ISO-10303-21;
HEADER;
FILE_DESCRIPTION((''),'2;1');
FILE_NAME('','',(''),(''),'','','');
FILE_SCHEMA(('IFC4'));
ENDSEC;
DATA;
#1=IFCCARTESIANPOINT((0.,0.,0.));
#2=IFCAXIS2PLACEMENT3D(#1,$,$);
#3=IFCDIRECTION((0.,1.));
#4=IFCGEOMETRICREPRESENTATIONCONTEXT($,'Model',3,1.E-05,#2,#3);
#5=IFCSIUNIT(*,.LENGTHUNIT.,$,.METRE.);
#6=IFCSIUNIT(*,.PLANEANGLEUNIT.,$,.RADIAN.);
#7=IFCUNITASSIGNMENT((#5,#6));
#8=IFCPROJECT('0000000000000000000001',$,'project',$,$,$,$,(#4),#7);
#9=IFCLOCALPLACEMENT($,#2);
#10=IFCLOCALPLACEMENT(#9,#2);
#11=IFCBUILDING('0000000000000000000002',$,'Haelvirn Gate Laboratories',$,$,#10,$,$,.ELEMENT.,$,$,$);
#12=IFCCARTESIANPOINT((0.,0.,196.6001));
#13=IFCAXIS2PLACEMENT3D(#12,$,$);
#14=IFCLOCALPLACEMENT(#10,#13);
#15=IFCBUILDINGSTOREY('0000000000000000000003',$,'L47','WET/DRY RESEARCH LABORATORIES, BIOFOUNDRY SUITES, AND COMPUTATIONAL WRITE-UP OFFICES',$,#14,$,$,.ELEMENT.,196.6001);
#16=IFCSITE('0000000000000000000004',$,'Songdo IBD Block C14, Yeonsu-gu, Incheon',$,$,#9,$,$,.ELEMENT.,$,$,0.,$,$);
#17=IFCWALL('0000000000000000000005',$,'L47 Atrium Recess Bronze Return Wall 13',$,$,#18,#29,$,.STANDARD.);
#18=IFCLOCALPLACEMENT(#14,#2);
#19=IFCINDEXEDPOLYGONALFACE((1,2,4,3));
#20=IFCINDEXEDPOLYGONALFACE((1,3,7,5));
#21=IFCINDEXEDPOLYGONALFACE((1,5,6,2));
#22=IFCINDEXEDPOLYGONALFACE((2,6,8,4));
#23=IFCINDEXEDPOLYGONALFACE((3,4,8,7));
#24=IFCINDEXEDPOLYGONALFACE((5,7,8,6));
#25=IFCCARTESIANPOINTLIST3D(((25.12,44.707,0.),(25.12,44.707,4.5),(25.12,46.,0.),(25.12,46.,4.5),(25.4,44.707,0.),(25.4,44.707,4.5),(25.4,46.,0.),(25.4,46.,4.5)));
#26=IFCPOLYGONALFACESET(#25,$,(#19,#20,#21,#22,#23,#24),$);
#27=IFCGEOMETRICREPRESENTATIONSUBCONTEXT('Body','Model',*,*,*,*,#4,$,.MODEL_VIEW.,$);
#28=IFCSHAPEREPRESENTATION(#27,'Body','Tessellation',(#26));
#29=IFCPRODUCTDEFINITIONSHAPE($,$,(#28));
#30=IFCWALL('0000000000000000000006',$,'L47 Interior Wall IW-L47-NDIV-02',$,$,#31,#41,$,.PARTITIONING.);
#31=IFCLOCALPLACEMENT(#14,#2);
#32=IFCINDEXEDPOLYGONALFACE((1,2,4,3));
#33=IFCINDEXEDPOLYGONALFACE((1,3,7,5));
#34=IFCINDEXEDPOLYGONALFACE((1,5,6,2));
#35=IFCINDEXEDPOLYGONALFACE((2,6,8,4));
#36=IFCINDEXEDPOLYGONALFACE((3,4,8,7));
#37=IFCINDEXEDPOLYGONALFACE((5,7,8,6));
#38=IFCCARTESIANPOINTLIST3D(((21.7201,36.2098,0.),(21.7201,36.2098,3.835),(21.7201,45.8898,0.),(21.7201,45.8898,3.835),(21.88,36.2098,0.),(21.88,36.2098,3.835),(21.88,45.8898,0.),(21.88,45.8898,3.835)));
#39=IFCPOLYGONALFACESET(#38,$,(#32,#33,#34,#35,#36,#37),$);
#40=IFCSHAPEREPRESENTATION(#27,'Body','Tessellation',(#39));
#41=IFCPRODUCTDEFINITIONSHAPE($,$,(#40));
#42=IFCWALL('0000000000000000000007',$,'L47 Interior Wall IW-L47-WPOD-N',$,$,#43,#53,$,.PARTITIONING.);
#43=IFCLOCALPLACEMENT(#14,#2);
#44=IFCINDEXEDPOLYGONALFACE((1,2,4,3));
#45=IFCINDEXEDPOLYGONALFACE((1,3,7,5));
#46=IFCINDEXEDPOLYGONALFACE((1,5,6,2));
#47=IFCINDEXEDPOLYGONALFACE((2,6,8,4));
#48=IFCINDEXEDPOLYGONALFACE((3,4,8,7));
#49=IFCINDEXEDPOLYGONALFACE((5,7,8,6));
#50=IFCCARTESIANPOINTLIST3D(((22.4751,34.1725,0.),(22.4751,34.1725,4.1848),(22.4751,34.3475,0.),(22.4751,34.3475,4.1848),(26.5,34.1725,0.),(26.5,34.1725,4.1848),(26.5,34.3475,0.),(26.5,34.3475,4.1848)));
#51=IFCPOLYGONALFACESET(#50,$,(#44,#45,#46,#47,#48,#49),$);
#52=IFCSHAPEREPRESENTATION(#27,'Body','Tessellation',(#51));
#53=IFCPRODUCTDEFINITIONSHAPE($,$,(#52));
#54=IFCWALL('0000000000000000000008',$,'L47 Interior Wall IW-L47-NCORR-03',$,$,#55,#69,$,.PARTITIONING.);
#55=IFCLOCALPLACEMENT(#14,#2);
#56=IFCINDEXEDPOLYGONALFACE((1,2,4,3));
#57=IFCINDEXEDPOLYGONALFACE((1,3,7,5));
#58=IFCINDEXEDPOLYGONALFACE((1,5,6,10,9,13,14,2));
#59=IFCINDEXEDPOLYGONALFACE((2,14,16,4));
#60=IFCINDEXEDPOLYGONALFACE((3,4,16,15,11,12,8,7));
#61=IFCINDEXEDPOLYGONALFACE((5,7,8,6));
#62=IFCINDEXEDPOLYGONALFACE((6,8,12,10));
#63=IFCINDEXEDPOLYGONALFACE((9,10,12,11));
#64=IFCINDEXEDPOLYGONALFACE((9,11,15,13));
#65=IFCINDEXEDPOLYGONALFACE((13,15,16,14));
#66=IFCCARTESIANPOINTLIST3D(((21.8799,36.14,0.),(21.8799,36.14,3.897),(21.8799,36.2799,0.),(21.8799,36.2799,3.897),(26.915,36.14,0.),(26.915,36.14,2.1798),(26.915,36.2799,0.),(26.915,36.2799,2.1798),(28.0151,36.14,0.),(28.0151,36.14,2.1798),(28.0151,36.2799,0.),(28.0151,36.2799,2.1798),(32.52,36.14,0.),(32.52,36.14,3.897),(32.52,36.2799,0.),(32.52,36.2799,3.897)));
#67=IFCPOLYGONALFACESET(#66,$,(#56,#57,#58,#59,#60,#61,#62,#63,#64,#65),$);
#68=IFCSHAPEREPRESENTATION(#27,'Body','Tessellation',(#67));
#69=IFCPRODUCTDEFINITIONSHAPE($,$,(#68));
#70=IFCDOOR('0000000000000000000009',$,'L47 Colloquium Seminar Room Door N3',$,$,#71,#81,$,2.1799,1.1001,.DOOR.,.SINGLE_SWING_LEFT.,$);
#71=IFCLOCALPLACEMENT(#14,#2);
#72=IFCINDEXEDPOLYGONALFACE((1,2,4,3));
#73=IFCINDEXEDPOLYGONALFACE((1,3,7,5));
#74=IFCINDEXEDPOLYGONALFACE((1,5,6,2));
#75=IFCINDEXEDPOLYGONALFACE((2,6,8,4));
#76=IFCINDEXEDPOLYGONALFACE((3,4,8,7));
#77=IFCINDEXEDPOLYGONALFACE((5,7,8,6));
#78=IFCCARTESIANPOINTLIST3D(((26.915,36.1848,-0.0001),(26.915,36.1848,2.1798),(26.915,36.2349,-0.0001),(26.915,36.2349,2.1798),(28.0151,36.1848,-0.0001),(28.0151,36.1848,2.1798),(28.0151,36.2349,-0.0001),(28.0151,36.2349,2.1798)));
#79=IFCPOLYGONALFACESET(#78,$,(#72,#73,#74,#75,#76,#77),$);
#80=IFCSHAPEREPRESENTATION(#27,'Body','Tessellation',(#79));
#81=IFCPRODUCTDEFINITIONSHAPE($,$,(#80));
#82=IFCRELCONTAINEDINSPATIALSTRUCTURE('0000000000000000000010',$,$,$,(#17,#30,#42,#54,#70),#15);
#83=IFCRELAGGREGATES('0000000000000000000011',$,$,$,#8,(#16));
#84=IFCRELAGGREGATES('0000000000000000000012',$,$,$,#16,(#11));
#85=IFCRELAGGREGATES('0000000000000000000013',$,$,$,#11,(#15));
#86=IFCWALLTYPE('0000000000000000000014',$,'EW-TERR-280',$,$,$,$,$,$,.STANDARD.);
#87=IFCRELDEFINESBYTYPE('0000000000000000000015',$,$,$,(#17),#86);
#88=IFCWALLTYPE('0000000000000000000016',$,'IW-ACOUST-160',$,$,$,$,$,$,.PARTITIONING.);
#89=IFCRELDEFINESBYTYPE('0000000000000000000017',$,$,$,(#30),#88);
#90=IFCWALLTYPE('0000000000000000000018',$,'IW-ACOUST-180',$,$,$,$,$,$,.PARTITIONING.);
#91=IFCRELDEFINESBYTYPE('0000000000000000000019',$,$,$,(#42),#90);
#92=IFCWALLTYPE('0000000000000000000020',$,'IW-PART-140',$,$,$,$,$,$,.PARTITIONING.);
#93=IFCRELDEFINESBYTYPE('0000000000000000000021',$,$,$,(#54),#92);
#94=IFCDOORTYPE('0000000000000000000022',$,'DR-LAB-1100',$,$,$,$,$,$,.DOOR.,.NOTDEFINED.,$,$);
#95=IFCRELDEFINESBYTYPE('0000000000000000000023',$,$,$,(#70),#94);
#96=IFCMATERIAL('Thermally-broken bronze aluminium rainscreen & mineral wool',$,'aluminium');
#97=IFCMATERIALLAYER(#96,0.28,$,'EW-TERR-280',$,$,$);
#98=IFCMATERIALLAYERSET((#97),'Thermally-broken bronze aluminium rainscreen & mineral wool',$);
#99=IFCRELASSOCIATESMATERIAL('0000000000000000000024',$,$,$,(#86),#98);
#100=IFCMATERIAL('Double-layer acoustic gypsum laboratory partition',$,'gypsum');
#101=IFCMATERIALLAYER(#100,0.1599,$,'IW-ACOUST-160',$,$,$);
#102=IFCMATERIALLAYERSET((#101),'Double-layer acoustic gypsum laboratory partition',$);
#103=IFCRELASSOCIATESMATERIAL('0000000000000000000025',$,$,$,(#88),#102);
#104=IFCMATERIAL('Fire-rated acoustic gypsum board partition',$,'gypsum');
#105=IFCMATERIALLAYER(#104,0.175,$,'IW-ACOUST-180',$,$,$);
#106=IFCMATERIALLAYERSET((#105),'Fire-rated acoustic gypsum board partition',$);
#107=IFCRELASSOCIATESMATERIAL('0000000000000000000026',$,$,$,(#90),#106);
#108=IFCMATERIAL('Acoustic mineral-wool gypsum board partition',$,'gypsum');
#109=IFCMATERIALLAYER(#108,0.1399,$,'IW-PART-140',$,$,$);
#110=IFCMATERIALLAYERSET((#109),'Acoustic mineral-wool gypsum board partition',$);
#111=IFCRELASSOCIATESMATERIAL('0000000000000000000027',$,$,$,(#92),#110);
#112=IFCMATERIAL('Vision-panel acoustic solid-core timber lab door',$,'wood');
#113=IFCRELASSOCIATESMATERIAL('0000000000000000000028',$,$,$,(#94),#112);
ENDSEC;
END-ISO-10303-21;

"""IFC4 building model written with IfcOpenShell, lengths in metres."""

from ifc_helpers import new_model, si_unit, direction, frame, frame_2d, origin, place, context, subcontext, project, spatial, rectangle, extrude, source, transform, mapped, material, layer, layer_set, type_object, type_shapes, element, fill, save


model = new_model("IFC4")

# Units and contexts
model_context = context("Model", 3, precision=1e-05, world=origin(), true_north=direction((0.0, 1.0)))
body_context = subcontext(model_context, "Body", "Model", "MODEL_VIEW")
ifc_project = project(units=[si_unit("LENGTHUNIT", "METRE"), si_unit("PLANEANGLEUNIT", "RADIAN")], contexts=[model_context])

# Site, building, storey
site_placement = place(None, origin())
site = spatial("IfcSite", under=ifc_project, at=site_placement, Name="Songdo IBD Block C14, Yeonsu-gu, Incheon", CompositionType="ELEMENT", RefElevation=0.0)
building_placement = place(site_placement, origin())
building = spatial("IfcBuilding", under=site, at=building_placement, Name="Haelvirn Gate Laboratories", CompositionType="ELEMENT")
storey_placement = place(building_placement, frame((0.0, 0.0, 196.6001)))
storey = spatial("IfcBuildingStorey", under=building, at=storey_placement, Name="L47", Description="WET/DRY RESEARCH LABORATORIES, BIOFOUNDRY SUITES, AND COMPUTATIONAL WRITE-UP OFFICES", CompositionType="ELEMENT", Elevation=196.6001)

# Walls
ifc_material_1 = material(Name="Thermally-broken bronze aluminium rainscreen & mineral wool", Category="aluminium")
ifc_layer_1 = layer(ifc_material_1, 0.28, Name="EW-TERR-280")
ifc_layer_set_1 = layer_set([ifc_layer_1], Name="Thermally-broken bronze aluminium rainscreen & mineral wool")
wall_type_1 = type_object("IfcWallType", Name="EW-TERR-280", PredefinedType="STANDARD", material=ifc_layer_set_1)
wall_1_placement = place(storey_placement, frame((25.26, 44.707, 0.0), z_axis=(0.0, 0.0, 1.0), x_axis=(0.0, 1.0, 0.0)))
element("IfcWall", 1, at=wall_1_placement, inside=storey, type_object=wall_type_1, Name="L47 Atrium Recess Bronze Return Wall 13", PredefinedType="STANDARD", context=body_context, shape_type="SweptSolid", body=[
    extrude(rectangle(XDim=1.293, YDim=0.28, at=frame_2d((0.6465, 0.0))), origin(), (0.0, 0.0, 1.0), 4.5),
])
ifc_material_2 = material(Name="Double-layer acoustic gypsum laboratory partition", Category="gypsum")
ifc_layer_2 = layer(ifc_material_2, 0.1599, Name="IW-ACOUST-160")
ifc_layer_set_2 = layer_set([ifc_layer_2], Name="Double-layer acoustic gypsum laboratory partition")
wall_type_2 = type_object("IfcWallType", Name="IW-ACOUST-160", PredefinedType="PARTITIONING", material=ifc_layer_set_2)
wall_2_placement = place(storey_placement, frame((21.8, 36.21, 0.0), z_axis=(0.0, 0.0, 1.0), x_axis=(0.0, 1.0, 0.0)))
element("IfcWall", 2, at=wall_2_placement, inside=storey, type_object=wall_type_2, Name="L47 Interior Wall IW-L47-NDIV-02", PredefinedType="PARTITIONING", context=body_context, shape_type="SweptSolid", body=[
    extrude(rectangle(XDim=9.6799, YDim=0.1599, at=frame_2d((4.8398, 0.0))), origin(), (0.0, 0.0, 1.0), 3.835),
])
ifc_material_3 = material(Name="Fire-rated acoustic gypsum board partition", Category="gypsum")
ifc_layer_3 = layer(ifc_material_3, 0.175, Name="IW-ACOUST-180")
ifc_layer_set_3 = layer_set([ifc_layer_3], Name="Fire-rated acoustic gypsum board partition")
wall_type_3 = type_object("IfcWallType", Name="IW-ACOUST-180", PredefinedType="PARTITIONING", material=ifc_layer_set_3)
wall_3_placement = place(storey_placement, frame((22.4751, 34.26, 0.0), z_axis=(0.0, 0.0, 1.0), x_axis=(1.0, 0.0, 0.0)))
element("IfcWall", 3, at=wall_3_placement, inside=storey, type_object=wall_type_3, Name="L47 Interior Wall IW-L47-WPOD-N", PredefinedType="PARTITIONING", context=body_context, shape_type="SweptSolid", body=[
    extrude(rectangle(XDim=4.0249, YDim=0.175, at=frame_2d((2.0125, 0.0))), origin(), (0.0, 0.0, 1.0), 4.1848),
])

# Wall, opening, door
ifc_material_4 = material(Name="Acoustic mineral-wool gypsum board partition", Category="gypsum")
ifc_layer_4 = layer(ifc_material_4, 0.1399, Name="IW-PART-140")
ifc_layer_set_4 = layer_set([ifc_layer_4], Name="Acoustic mineral-wool gypsum board partition")
wall_type_4 = type_object("IfcWallType", Name="IW-PART-140", PredefinedType="PARTITIONING", material=ifc_layer_set_4)
wall_4_placement = place(storey_placement, frame((21.8799, 36.21, 0.0), z_axis=(0.0, 0.0, 1.0), x_axis=(1.0, 0.0, 0.0)))
wall_4 = element("IfcWall", 4, at=wall_4_placement, inside=storey, type_object=wall_type_4, Name="L47 Interior Wall IW-L47-NCORR-03", PredefinedType="PARTITIONING", context=body_context, shape_type="SweptSolid", body=[
    extrude(rectangle(XDim=10.6401, YDim=0.1399, at=frame_2d((5.3201, 0.0))), origin(), (0.0, 0.0, 1.0), 3.897),
])
opening_placement = place(wall_4_placement, frame((5.0352, 0.0, 0.0)))
opening = element("IfcOpeningElement", 5, at=opening_placement, cuts=wall_4, PredefinedType="OPENING", context=body_context, shape_type="SweptSolid", body=[
    extrude(rectangle(XDim=1.1001, YDim=2.1799, at=frame_2d((0.55, 1.0898))), frame((0.0, 0.0801, 0.0), z_axis=(0.0, -1.0, 0.0), x_axis=(1.0, 0.0, 0.0)), (0.0, 0.0, 1.0), 0.1599),
])
ifc_material_5 = material(Name="Vision-panel acoustic solid-core timber lab door", Category="wood")
door_type = type_object("IfcDoorType", Name="DR-LAB-1100", OperationType="NOTDEFINED", PredefinedType="DOOR", material=ifc_material_5)
shared_shape_1 = source(origin(), body_context, "Body", "SweptSolid", [
    extrude(rectangle(XDim=1.1001, YDim=2.1799, at=frame_2d((0.55, 1.0898))), frame((0.0, 0.0249, 0.0), z_axis=(0.0, -1.0, 0.0), x_axis=(1.0, 0.0, 0.0)), (0.0, 0.0, 1.0), 0.05),
])
type_shapes(door_type, [shared_shape_1])
door_placement = place(opening_placement, origin())
door = element("IfcDoor", 6, at=door_placement, inside=storey, type_object=door_type, Name="L47 Colloquium Seminar Room Door N3", OperationType="SINGLE_SWING_LEFT", OverallHeight=2.1799, OverallWidth=1.1001, PredefinedType="DOOR", context=body_context, shape_type="MappedRepresentation", body=[
    mapped(shared_shape_1, transform((0.0, 0.0, 0.0), scale=1.0)),
])
fill(opening, door)

save(model, "model.ifc")
